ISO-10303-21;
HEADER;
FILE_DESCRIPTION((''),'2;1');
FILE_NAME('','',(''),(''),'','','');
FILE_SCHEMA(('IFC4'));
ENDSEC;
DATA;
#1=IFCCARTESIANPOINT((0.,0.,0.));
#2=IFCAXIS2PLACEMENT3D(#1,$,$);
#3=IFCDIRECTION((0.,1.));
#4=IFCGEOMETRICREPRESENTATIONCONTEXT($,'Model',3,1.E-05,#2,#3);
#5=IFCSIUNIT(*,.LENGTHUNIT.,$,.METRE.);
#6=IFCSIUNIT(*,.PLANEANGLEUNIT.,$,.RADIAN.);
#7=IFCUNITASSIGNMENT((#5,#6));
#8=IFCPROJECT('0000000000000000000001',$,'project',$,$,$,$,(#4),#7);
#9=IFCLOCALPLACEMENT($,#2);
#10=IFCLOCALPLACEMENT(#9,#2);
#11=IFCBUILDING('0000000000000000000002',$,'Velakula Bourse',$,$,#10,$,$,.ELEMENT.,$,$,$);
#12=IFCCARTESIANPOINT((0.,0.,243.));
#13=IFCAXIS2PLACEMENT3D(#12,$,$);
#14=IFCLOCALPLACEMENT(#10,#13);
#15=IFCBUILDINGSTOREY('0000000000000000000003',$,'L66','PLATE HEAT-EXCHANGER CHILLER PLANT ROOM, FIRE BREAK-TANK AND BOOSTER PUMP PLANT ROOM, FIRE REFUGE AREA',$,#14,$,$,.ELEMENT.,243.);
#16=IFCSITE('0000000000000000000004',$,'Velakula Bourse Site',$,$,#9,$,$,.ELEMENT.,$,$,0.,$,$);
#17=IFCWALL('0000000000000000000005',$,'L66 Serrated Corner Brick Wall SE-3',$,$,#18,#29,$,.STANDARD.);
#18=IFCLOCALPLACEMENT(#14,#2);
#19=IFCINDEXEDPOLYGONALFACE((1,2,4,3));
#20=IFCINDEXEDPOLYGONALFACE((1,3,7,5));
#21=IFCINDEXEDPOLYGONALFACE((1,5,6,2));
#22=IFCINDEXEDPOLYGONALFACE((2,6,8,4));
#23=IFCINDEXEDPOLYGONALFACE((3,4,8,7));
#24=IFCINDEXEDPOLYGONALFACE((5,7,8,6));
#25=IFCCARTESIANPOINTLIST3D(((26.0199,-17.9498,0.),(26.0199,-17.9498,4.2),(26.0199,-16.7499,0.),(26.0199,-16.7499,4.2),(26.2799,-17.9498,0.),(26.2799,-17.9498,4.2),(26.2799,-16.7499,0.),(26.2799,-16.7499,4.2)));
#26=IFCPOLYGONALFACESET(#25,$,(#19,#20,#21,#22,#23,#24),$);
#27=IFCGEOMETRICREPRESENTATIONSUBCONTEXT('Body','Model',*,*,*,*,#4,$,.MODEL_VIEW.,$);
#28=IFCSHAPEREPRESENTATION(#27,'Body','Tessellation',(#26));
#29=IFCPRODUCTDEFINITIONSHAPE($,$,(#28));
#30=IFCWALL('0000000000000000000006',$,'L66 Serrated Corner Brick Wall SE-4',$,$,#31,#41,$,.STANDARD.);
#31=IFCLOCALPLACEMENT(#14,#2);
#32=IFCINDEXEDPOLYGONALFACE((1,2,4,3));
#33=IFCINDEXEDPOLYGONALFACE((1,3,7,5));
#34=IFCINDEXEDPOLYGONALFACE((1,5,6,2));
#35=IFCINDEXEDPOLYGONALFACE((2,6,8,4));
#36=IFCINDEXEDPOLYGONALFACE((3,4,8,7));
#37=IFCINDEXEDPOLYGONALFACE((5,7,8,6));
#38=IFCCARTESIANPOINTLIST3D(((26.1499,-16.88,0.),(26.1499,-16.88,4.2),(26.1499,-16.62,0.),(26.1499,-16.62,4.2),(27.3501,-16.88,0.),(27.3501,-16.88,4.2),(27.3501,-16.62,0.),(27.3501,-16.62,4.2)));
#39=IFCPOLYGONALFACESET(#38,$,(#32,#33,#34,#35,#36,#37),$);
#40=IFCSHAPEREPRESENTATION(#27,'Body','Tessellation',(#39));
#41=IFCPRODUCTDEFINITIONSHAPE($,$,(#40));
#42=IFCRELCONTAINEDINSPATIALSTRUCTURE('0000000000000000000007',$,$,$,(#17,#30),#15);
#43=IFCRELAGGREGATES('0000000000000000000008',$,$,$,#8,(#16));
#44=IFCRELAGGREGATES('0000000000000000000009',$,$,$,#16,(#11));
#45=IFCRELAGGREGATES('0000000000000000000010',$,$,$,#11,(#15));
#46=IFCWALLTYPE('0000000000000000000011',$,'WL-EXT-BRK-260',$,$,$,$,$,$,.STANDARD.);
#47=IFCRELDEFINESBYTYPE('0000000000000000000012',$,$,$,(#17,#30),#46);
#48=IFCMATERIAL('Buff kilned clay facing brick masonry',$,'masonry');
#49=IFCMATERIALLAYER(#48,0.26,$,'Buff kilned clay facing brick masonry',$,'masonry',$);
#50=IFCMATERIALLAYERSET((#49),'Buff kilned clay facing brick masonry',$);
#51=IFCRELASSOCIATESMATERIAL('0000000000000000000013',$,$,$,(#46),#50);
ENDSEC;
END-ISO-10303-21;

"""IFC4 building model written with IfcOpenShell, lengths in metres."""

from ifc_helpers import new_model, si_unit, direction, frame, frame_2d, origin, place, context, subcontext, project, spatial, rectangle, extrude, material, layer, layer_set, type_object, element, save


model = new_model("IFC4")

# Units and contexts
model_context = context("Model", 3, precision=1e-05, world=origin(), true_north=direction((0.0, 1.0)))
body_context = subcontext(model_context, "Body", "Model", "MODEL_VIEW")
ifc_project = project(units=[si_unit("LENGTHUNIT", "METRE"), si_unit("PLANEANGLEUNIT", "RADIAN")], contexts=[model_context])

# Site, building, storey
site_placement = place(None, origin())
site = spatial("IfcSite", under=ifc_project, at=site_placement, Name="Velakula Bourse Site", CompositionType="ELEMENT", RefElevation=0.0)
building_placement = place(site_placement, origin())
building = spatial("IfcBuilding", under=site, at=building_placement, Name="Velakula Bourse", CompositionType="ELEMENT")
storey_placement = place(building_placement, frame((0.0, 0.0, 243.0)))
storey = spatial("IfcBuildingStorey", under=building, at=storey_placement, Name="L66", Description="PLATE HEAT-EXCHANGER CHILLER PLANT ROOM, FIRE BREAK-TANK AND BOOSTER PUMP PLANT ROOM, FIRE REFUGE AREA", CompositionType="ELEMENT", Elevation=243.0)

# Walls
ifc_material_1 = material(Name="Buff kilned clay facing brick masonry", Category="masonry")
ifc_layer_1 = layer(ifc_material_1, 0.26, Name="Buff kilned clay facing brick masonry", Category="masonry")
ifc_layer_set_1 = layer_set([ifc_layer_1], Name="Buff kilned clay facing brick masonry")
wall_type = type_object("IfcWallType", Name="WL-EXT-BRK-260", PredefinedType="STANDARD", material=ifc_layer_set_1)
for number, where, z_axis, x_axis, name in (
    (1, (26.1499, -17.95, 0.0), (0.0, 0.0, 1.0), (0.0, 1.0, 0.0), "L66 Serrated Corner Brick Wall SE-3"),
):
    element("IfcWall", number, at=place(storey_placement, frame(where, z_axis=z_axis, x_axis=x_axis)), inside=storey, type_object=wall_type, Name=name, PredefinedType="STANDARD", context=body_context, shape_type="SweptSolid", body=[
        extrude(rectangle(XDim=1.2, YDim=0.26, at=frame_2d((0.6001, 0.0))), origin(), (0.0, 0.0, 1.0), 4.2),
    ])
wall_1_placement = place(storey_placement, frame((26.1499, -16.75, 0.0), z_axis=(0.0, 0.0, 1.0), x_axis=(1.0, 0.0, 0.0)))
element("IfcWall", 2, at=wall_1_placement, inside=storey, type_object=wall_type, Name="L66 Serrated Corner Brick Wall SE-4", PredefinedType="STANDARD", context=body_context, shape_type="SweptSolid", body=[
    extrude(rectangle(XDim=1.2002, YDim=0.26, at=frame_2d((0.6001, 0.0))), origin(), (0.0, 0.0, 1.0), 4.2),
])

save(model, "model.ifc")
